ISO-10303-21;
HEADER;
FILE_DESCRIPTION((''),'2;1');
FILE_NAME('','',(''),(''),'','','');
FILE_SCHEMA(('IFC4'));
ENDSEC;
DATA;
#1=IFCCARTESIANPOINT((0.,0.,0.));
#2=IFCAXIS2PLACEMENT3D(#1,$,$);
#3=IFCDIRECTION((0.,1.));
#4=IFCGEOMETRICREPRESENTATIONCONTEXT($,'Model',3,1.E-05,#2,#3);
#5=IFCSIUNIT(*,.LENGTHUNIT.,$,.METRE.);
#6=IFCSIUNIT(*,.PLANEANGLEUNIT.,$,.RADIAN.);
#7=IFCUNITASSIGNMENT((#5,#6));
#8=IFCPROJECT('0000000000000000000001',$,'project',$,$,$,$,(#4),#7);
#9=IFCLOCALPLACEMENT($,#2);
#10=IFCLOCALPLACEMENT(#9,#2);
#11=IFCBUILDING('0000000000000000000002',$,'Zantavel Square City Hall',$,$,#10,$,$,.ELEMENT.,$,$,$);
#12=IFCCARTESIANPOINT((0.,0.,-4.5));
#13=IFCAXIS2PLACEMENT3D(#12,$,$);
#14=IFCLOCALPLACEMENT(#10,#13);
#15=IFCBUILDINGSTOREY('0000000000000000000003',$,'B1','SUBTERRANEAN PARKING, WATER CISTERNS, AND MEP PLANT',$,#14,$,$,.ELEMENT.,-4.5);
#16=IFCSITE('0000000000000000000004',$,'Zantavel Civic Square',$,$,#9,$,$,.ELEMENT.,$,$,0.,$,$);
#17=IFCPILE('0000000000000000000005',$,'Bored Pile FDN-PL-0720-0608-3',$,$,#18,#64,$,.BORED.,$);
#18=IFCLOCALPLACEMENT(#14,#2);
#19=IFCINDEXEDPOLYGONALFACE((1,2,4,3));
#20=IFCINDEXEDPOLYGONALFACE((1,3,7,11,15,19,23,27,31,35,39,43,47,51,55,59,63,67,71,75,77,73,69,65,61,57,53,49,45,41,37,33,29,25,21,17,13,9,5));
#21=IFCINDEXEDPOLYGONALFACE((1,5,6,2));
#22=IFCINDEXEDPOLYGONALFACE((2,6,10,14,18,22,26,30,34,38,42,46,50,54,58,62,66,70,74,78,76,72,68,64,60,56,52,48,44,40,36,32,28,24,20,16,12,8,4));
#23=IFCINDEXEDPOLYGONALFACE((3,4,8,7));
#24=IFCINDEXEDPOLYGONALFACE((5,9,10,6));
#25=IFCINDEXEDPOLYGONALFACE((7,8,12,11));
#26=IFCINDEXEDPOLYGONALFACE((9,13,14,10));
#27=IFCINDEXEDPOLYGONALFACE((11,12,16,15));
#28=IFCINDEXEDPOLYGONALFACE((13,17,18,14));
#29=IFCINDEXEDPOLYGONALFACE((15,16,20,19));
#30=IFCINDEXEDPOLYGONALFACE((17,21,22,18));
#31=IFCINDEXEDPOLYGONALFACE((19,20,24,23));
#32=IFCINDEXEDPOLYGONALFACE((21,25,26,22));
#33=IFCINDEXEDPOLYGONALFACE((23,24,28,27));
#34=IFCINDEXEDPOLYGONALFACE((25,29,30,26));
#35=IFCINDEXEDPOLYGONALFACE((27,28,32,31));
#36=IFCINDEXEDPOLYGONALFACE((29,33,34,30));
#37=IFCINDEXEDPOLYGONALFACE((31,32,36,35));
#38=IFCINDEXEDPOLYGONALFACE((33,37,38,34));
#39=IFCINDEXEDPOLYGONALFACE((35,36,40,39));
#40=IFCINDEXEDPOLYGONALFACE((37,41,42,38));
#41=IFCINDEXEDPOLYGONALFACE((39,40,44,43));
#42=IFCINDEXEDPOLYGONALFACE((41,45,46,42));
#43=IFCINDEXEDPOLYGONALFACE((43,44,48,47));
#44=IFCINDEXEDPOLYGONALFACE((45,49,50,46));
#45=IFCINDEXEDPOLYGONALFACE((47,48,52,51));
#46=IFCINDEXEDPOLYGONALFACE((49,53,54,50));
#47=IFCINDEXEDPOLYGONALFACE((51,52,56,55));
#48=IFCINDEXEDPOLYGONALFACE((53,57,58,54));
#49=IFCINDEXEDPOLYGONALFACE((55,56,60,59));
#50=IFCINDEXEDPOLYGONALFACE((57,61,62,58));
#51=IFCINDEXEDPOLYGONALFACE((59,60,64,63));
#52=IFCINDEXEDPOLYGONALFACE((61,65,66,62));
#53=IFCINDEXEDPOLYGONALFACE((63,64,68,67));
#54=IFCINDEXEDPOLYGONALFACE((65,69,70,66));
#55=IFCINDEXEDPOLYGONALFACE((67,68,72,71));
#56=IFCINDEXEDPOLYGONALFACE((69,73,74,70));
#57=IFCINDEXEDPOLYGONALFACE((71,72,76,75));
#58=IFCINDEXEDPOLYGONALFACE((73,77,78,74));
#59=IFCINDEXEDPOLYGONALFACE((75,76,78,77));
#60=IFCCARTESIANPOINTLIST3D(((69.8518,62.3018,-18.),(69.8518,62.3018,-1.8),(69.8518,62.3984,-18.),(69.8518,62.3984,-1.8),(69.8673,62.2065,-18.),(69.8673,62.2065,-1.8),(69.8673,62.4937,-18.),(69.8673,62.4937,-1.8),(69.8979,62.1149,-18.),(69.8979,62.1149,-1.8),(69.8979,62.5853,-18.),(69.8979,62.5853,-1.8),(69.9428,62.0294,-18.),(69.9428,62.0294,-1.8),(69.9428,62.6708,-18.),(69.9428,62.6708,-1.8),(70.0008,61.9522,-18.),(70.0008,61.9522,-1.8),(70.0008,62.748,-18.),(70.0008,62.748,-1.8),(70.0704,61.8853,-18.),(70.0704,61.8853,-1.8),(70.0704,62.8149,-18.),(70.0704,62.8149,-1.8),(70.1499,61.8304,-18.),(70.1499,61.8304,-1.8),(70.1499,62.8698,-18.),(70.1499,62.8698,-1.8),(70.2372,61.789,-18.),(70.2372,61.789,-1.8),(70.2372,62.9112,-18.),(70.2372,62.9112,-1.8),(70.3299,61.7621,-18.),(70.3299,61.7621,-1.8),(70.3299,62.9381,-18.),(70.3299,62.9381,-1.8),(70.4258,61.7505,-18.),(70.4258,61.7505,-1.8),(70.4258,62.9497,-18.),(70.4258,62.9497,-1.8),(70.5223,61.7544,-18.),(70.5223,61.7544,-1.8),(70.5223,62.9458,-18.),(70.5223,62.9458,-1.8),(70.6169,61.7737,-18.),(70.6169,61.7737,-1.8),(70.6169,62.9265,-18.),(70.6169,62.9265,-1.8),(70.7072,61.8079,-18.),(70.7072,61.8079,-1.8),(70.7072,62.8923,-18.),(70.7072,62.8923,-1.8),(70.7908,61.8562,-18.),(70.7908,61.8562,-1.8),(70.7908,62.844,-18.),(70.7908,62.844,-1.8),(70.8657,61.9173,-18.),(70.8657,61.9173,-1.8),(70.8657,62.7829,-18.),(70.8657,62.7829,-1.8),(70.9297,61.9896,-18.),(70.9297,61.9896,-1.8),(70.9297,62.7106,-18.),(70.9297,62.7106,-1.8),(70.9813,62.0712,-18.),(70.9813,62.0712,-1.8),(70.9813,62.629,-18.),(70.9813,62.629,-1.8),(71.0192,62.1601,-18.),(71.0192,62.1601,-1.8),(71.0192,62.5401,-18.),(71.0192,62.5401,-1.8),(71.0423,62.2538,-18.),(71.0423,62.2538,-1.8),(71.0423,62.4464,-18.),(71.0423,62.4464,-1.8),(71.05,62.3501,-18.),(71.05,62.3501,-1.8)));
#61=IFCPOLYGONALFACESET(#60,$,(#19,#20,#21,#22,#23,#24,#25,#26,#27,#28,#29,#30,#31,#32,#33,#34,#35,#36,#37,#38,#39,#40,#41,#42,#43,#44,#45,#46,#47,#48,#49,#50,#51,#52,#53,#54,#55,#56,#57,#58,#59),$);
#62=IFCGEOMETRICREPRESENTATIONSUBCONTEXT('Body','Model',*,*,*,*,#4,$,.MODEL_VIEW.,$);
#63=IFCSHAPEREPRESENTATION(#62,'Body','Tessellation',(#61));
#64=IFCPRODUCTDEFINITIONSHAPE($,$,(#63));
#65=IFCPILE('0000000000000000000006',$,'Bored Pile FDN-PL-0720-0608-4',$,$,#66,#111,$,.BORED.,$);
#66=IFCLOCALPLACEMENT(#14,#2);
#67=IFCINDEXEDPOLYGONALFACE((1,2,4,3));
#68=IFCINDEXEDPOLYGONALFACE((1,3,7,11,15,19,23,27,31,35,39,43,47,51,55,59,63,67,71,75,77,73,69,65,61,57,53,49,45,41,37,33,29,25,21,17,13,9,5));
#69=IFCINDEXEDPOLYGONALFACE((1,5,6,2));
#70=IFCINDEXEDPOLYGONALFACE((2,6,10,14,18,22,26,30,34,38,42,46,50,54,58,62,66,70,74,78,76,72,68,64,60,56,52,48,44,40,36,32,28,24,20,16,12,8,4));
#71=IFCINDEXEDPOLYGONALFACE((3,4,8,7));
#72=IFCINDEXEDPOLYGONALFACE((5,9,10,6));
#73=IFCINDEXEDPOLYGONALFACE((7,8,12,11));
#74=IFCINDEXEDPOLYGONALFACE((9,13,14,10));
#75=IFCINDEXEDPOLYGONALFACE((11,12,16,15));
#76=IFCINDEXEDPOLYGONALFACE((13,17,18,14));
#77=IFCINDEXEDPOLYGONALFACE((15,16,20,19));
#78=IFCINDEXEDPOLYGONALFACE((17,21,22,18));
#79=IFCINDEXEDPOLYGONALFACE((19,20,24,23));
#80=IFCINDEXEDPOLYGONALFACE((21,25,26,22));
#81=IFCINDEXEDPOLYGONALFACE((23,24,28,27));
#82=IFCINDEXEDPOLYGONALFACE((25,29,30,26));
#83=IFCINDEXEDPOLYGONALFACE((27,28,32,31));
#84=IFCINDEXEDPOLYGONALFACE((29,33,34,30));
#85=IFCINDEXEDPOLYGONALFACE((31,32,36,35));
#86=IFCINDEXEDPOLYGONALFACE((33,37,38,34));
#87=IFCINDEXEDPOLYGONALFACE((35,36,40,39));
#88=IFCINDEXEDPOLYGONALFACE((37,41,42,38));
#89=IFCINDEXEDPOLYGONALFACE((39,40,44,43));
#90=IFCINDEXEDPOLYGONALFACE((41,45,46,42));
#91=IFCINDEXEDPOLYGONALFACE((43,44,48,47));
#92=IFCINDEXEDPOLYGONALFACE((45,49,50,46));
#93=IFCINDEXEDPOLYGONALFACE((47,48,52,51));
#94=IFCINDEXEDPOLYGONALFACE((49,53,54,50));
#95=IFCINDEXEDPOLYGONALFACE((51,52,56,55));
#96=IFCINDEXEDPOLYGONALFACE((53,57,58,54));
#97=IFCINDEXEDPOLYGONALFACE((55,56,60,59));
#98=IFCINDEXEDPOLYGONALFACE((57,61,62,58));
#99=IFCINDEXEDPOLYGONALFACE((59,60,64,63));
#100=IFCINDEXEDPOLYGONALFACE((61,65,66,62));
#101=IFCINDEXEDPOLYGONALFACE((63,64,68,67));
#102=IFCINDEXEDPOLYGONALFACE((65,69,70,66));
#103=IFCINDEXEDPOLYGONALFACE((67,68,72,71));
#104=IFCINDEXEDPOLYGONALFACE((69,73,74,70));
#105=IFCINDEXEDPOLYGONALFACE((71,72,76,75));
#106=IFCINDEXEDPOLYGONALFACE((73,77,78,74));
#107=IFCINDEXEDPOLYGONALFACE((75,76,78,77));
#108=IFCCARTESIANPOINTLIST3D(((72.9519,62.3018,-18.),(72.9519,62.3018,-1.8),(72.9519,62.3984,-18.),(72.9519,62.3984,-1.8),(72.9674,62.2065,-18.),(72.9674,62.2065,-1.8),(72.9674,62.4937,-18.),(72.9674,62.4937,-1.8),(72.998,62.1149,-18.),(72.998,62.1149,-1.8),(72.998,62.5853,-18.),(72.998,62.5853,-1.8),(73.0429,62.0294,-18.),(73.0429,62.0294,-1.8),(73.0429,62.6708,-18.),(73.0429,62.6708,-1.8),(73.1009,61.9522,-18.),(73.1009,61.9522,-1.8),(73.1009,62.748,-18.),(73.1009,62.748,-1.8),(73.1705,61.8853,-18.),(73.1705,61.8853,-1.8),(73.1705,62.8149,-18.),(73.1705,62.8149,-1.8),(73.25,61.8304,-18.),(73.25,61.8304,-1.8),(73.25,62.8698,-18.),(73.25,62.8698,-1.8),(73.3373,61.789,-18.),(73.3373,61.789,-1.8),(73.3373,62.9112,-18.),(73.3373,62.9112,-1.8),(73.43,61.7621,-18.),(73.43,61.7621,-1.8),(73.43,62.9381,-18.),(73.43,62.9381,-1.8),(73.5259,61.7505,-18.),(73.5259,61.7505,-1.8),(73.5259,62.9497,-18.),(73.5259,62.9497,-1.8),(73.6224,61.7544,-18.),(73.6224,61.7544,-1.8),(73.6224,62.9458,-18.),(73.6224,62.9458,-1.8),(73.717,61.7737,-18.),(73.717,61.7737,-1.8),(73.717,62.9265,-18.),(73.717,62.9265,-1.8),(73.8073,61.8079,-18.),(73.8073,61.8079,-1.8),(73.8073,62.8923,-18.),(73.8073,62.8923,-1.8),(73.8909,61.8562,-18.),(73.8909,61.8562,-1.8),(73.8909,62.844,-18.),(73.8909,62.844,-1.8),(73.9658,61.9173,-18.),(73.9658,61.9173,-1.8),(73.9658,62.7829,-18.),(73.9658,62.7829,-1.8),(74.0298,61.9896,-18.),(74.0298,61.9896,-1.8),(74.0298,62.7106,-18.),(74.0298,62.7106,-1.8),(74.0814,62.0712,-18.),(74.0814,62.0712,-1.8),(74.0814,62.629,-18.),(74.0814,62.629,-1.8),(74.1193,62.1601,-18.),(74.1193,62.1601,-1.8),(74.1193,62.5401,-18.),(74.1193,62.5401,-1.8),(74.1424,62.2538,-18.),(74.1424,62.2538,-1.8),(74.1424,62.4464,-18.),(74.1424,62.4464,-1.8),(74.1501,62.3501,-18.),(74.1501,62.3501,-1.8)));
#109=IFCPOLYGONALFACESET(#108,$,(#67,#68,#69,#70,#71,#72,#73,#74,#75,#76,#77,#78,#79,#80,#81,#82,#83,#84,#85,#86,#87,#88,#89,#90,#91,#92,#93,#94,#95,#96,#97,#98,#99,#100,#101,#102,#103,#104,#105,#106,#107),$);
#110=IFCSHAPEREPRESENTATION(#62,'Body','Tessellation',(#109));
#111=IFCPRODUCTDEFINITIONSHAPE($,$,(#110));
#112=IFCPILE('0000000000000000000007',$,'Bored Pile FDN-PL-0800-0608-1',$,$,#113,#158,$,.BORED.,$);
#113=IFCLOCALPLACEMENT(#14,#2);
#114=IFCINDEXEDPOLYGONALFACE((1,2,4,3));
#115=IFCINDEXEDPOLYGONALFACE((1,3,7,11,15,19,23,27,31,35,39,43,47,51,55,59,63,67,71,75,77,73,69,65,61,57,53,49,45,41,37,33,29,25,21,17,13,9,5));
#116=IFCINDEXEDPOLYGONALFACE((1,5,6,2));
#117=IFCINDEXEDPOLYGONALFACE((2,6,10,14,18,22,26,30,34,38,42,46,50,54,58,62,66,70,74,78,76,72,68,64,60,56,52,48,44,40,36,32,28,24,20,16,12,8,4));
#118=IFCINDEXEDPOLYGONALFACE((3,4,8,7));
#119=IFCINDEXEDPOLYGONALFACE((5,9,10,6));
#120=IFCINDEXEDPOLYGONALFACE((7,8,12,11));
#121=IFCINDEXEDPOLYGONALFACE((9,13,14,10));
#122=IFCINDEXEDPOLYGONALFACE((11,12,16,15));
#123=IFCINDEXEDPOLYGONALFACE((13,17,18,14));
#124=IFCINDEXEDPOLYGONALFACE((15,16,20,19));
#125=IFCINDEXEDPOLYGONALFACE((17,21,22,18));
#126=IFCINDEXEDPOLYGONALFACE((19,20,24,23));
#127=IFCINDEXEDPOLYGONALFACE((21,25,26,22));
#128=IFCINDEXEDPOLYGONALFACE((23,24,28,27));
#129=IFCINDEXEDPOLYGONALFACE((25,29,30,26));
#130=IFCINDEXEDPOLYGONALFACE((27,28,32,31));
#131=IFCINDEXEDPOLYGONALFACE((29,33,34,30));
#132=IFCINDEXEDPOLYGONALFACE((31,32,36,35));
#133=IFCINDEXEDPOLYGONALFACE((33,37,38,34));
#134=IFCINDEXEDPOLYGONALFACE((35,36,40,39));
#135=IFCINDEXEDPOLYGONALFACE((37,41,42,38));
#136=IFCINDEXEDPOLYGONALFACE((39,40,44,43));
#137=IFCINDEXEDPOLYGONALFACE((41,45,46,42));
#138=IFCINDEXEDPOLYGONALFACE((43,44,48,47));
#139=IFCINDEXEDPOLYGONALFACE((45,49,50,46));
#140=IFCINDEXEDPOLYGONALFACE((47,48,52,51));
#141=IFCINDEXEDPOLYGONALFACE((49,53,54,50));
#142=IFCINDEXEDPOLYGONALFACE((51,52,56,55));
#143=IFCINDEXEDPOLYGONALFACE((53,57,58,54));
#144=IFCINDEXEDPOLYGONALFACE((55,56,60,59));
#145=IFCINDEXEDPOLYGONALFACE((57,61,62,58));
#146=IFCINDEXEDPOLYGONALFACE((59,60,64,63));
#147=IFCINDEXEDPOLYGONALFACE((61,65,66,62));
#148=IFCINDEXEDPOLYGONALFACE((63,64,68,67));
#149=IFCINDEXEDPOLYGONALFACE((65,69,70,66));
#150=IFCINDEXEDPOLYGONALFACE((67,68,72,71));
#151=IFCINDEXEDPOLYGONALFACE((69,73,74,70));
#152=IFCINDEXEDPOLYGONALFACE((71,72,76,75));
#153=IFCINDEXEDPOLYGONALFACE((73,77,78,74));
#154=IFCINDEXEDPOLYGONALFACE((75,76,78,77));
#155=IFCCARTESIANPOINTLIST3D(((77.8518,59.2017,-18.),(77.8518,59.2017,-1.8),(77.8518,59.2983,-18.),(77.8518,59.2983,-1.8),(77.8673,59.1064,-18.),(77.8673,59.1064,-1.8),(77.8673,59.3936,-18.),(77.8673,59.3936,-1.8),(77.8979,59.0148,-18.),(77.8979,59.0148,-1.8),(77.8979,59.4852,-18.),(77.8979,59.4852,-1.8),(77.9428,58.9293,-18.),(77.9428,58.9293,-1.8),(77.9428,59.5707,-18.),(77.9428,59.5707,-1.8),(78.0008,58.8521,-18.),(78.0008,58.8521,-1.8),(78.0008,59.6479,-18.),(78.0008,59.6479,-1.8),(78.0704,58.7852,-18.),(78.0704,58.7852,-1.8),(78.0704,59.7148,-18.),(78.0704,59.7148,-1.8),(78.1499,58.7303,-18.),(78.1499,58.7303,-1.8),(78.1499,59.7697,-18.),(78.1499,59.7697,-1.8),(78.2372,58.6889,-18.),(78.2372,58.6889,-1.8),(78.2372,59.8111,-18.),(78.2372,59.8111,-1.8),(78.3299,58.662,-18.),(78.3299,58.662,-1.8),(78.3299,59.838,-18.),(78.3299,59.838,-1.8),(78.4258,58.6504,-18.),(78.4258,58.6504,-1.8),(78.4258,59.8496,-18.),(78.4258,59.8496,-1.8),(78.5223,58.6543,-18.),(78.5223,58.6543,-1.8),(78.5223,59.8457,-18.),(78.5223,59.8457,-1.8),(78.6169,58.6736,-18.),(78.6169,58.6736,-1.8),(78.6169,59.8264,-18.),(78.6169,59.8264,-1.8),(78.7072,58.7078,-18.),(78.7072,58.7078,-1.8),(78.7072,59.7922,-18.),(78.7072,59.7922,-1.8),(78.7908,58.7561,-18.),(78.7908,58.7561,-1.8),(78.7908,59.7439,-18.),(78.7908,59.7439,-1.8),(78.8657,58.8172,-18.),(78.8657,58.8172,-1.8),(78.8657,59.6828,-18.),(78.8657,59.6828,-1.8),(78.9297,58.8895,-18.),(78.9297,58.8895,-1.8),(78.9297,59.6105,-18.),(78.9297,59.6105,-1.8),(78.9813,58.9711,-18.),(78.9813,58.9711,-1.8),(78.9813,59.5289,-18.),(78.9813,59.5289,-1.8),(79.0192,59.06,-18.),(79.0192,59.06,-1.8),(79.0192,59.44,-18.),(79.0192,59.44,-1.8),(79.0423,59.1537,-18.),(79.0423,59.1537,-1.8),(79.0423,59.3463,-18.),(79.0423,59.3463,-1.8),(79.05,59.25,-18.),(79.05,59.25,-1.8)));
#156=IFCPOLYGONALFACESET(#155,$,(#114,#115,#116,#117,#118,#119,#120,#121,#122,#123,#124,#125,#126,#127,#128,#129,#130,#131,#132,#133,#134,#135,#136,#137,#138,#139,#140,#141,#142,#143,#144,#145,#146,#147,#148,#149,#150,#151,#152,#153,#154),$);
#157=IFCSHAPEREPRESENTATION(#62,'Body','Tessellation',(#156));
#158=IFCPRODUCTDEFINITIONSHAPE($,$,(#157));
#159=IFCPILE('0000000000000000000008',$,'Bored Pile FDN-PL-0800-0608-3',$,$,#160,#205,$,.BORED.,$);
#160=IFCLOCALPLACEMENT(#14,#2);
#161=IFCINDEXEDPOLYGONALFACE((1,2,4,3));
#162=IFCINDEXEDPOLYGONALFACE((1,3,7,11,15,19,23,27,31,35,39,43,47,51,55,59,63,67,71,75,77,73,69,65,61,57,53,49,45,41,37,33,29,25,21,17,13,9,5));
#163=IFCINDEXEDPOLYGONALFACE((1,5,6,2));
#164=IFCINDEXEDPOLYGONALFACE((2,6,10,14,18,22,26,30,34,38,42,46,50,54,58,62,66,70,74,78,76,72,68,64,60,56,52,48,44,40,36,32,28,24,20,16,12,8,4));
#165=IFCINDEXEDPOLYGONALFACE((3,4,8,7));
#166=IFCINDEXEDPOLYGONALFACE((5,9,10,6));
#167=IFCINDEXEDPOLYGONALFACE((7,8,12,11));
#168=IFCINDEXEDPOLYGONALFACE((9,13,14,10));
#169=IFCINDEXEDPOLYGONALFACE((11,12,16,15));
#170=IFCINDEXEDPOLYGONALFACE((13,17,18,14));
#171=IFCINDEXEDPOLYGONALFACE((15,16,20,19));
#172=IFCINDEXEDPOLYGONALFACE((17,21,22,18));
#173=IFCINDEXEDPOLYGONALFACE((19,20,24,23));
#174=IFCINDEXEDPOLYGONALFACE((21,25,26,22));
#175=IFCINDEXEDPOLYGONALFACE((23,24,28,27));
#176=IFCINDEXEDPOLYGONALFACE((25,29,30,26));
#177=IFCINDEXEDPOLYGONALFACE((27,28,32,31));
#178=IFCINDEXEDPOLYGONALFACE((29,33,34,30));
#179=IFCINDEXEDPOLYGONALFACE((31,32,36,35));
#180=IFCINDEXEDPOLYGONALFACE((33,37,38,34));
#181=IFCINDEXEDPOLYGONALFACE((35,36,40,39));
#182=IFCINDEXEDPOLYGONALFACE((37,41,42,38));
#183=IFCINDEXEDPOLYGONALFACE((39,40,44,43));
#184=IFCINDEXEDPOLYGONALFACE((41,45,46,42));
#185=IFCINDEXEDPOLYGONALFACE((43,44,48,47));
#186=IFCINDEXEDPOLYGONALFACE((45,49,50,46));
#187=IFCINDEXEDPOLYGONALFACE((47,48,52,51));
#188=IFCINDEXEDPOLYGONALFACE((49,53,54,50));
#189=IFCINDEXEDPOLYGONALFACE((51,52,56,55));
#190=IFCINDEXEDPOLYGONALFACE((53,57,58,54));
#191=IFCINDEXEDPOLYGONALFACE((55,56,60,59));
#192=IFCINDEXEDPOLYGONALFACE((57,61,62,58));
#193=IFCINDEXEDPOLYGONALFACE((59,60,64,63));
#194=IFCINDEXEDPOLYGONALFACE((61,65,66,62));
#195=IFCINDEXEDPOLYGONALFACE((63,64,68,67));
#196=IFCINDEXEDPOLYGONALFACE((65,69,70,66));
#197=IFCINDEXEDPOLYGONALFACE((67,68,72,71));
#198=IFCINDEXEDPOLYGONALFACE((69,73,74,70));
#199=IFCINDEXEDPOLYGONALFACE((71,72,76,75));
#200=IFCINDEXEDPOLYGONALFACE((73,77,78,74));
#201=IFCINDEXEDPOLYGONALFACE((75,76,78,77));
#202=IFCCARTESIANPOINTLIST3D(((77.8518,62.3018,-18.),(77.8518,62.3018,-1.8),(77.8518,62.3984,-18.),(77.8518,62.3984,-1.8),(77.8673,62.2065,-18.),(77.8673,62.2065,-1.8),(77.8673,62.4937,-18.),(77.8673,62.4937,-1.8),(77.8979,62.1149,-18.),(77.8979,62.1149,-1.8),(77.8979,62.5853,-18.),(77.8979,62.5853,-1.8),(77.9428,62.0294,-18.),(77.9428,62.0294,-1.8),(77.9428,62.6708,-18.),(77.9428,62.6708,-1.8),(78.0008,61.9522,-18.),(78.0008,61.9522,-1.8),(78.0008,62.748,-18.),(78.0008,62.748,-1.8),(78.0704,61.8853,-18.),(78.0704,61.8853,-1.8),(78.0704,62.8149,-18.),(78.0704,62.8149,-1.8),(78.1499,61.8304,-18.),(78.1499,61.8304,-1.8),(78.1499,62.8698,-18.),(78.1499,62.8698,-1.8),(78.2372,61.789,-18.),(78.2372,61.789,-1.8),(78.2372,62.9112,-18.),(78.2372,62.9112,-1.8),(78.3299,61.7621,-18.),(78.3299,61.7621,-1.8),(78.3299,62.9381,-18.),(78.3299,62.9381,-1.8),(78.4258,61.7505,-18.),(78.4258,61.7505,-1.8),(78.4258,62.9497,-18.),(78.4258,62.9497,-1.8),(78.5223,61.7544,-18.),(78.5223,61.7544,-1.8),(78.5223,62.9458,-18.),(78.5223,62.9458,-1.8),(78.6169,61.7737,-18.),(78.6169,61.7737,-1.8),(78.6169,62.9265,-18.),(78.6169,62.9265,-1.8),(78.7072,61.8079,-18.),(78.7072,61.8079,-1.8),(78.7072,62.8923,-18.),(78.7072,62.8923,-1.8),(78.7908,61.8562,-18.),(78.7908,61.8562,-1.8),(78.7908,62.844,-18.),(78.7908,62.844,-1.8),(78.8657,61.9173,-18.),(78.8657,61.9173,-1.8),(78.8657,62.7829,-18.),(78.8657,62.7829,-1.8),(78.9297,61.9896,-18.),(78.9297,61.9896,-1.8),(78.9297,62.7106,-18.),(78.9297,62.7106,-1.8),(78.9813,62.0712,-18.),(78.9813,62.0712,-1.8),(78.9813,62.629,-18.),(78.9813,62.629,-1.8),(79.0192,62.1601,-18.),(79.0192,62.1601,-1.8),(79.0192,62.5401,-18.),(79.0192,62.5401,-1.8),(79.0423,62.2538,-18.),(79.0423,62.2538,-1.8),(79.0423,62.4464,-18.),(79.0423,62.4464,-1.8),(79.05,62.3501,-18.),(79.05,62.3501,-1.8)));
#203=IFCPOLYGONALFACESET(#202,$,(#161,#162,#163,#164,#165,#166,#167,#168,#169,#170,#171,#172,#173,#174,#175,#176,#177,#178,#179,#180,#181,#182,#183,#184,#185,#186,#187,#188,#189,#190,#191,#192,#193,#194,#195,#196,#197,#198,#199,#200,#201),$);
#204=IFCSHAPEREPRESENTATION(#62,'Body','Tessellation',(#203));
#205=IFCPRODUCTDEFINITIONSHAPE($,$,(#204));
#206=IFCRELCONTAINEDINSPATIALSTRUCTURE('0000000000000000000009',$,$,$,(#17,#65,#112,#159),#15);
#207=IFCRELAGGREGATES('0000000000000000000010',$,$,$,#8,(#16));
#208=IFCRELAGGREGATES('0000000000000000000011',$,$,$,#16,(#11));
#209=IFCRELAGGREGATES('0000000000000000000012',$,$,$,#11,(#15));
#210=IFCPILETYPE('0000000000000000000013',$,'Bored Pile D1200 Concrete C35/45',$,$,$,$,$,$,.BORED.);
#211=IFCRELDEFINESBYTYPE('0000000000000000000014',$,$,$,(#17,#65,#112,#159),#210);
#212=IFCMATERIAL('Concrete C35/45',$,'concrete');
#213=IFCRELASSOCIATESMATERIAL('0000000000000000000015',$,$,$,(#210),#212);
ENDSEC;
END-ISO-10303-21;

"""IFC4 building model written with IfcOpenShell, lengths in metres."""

from ifc_helpers import new_model, si_unit, direction, frame, origin, origin_2d, place, context, subcontext, project, spatial, circle, extrude, material, material_profile, profile_set, type_object, element, save


model = new_model("IFC4")

# Units and contexts
model_context = context("Model", 3, precision=1e-05, world=origin(), true_north=direction((0.0, 1.0)))
body_context = subcontext(model_context, "Body", "Model", "MODEL_VIEW")
ifc_project = project(units=[si_unit("LENGTHUNIT", "METRE"), si_unit("PLANEANGLEUNIT", "RADIAN")], contexts=[model_context])

# Site, building, storey
site_placement = place(None, origin())
site = spatial("IfcSite", under=ifc_project, at=site_placement, Name="Zantavel Civic Square", CompositionType="ELEMENT", RefElevation=0.0)
building_placement = place(site_placement, origin())
building = spatial("IfcBuilding", under=site, at=building_placement, Name="Zantavel Square City Hall", CompositionType="ELEMENT")
storey_placement = place(building_placement, frame((0.0, 0.0, -4.5)))
storey = spatial("IfcBuildingStorey", under=building, at=storey_placement, Name="B1", Description="SUBTERRANEAN PARKING, WATER CISTERNS, AND MEP PLANT", CompositionType="ELEMENT", Elevation=-4.5)

# Piles
ifc_material_1 = material(Name="Concrete C35/45", Category="concrete")
ifc_material_profile_1 = material_profile(ifc_material_1, circle(Radius=0.6001, at=origin_2d()), Name="PILE D1200")
ifc_profile_set_1 = profile_set([ifc_material_profile_1], Name="Concrete C35/45")
pile_type_1 = type_object("IfcPileType", Name="Bored Pile D1200 Concrete C35/45", PredefinedType="BORED", material=ifc_profile_set_1)
for number, where, z_axis, x_axis, name in (
    (1, (70.45, 62.3501, -1.8), (0.0, 0.0, -1.0), (1.0, 0.0, 0.0), "Bored Pile FDN-PL-0720-0608-3"),
    (2, (73.55, 62.3501, -1.8), (0.0, 0.0, -1.0), (1.0, 0.0, 0.0), "Bored Pile FDN-PL-0720-0608-4"),
    (3, (78.45, 59.25, -1.8), (0.0, 0.0, -1.0), (1.0, 0.0, 0.0), "Bored Pile FDN-PL-0800-0608-1"),
    (4, (78.45, 62.3501, -1.8), (0.0, 0.0, -1.0), (1.0, 0.0, 0.0), "Bored Pile FDN-PL-0800-0608-3"),
):
    element("IfcPile", number, at=place(storey_placement, frame(where, z_axis=z_axis, x_axis=x_axis)), inside=storey, type_object=pile_type_1, Name=name, PredefinedType="BORED", context=body_context, shape_type="SweptSolid", body=[
        extrude(circle(Radius=0.6001, at=origin_2d()), origin(), (0.0, 0.0, 1.0), 16.2),
    ])

save(model, "model.ifc")
